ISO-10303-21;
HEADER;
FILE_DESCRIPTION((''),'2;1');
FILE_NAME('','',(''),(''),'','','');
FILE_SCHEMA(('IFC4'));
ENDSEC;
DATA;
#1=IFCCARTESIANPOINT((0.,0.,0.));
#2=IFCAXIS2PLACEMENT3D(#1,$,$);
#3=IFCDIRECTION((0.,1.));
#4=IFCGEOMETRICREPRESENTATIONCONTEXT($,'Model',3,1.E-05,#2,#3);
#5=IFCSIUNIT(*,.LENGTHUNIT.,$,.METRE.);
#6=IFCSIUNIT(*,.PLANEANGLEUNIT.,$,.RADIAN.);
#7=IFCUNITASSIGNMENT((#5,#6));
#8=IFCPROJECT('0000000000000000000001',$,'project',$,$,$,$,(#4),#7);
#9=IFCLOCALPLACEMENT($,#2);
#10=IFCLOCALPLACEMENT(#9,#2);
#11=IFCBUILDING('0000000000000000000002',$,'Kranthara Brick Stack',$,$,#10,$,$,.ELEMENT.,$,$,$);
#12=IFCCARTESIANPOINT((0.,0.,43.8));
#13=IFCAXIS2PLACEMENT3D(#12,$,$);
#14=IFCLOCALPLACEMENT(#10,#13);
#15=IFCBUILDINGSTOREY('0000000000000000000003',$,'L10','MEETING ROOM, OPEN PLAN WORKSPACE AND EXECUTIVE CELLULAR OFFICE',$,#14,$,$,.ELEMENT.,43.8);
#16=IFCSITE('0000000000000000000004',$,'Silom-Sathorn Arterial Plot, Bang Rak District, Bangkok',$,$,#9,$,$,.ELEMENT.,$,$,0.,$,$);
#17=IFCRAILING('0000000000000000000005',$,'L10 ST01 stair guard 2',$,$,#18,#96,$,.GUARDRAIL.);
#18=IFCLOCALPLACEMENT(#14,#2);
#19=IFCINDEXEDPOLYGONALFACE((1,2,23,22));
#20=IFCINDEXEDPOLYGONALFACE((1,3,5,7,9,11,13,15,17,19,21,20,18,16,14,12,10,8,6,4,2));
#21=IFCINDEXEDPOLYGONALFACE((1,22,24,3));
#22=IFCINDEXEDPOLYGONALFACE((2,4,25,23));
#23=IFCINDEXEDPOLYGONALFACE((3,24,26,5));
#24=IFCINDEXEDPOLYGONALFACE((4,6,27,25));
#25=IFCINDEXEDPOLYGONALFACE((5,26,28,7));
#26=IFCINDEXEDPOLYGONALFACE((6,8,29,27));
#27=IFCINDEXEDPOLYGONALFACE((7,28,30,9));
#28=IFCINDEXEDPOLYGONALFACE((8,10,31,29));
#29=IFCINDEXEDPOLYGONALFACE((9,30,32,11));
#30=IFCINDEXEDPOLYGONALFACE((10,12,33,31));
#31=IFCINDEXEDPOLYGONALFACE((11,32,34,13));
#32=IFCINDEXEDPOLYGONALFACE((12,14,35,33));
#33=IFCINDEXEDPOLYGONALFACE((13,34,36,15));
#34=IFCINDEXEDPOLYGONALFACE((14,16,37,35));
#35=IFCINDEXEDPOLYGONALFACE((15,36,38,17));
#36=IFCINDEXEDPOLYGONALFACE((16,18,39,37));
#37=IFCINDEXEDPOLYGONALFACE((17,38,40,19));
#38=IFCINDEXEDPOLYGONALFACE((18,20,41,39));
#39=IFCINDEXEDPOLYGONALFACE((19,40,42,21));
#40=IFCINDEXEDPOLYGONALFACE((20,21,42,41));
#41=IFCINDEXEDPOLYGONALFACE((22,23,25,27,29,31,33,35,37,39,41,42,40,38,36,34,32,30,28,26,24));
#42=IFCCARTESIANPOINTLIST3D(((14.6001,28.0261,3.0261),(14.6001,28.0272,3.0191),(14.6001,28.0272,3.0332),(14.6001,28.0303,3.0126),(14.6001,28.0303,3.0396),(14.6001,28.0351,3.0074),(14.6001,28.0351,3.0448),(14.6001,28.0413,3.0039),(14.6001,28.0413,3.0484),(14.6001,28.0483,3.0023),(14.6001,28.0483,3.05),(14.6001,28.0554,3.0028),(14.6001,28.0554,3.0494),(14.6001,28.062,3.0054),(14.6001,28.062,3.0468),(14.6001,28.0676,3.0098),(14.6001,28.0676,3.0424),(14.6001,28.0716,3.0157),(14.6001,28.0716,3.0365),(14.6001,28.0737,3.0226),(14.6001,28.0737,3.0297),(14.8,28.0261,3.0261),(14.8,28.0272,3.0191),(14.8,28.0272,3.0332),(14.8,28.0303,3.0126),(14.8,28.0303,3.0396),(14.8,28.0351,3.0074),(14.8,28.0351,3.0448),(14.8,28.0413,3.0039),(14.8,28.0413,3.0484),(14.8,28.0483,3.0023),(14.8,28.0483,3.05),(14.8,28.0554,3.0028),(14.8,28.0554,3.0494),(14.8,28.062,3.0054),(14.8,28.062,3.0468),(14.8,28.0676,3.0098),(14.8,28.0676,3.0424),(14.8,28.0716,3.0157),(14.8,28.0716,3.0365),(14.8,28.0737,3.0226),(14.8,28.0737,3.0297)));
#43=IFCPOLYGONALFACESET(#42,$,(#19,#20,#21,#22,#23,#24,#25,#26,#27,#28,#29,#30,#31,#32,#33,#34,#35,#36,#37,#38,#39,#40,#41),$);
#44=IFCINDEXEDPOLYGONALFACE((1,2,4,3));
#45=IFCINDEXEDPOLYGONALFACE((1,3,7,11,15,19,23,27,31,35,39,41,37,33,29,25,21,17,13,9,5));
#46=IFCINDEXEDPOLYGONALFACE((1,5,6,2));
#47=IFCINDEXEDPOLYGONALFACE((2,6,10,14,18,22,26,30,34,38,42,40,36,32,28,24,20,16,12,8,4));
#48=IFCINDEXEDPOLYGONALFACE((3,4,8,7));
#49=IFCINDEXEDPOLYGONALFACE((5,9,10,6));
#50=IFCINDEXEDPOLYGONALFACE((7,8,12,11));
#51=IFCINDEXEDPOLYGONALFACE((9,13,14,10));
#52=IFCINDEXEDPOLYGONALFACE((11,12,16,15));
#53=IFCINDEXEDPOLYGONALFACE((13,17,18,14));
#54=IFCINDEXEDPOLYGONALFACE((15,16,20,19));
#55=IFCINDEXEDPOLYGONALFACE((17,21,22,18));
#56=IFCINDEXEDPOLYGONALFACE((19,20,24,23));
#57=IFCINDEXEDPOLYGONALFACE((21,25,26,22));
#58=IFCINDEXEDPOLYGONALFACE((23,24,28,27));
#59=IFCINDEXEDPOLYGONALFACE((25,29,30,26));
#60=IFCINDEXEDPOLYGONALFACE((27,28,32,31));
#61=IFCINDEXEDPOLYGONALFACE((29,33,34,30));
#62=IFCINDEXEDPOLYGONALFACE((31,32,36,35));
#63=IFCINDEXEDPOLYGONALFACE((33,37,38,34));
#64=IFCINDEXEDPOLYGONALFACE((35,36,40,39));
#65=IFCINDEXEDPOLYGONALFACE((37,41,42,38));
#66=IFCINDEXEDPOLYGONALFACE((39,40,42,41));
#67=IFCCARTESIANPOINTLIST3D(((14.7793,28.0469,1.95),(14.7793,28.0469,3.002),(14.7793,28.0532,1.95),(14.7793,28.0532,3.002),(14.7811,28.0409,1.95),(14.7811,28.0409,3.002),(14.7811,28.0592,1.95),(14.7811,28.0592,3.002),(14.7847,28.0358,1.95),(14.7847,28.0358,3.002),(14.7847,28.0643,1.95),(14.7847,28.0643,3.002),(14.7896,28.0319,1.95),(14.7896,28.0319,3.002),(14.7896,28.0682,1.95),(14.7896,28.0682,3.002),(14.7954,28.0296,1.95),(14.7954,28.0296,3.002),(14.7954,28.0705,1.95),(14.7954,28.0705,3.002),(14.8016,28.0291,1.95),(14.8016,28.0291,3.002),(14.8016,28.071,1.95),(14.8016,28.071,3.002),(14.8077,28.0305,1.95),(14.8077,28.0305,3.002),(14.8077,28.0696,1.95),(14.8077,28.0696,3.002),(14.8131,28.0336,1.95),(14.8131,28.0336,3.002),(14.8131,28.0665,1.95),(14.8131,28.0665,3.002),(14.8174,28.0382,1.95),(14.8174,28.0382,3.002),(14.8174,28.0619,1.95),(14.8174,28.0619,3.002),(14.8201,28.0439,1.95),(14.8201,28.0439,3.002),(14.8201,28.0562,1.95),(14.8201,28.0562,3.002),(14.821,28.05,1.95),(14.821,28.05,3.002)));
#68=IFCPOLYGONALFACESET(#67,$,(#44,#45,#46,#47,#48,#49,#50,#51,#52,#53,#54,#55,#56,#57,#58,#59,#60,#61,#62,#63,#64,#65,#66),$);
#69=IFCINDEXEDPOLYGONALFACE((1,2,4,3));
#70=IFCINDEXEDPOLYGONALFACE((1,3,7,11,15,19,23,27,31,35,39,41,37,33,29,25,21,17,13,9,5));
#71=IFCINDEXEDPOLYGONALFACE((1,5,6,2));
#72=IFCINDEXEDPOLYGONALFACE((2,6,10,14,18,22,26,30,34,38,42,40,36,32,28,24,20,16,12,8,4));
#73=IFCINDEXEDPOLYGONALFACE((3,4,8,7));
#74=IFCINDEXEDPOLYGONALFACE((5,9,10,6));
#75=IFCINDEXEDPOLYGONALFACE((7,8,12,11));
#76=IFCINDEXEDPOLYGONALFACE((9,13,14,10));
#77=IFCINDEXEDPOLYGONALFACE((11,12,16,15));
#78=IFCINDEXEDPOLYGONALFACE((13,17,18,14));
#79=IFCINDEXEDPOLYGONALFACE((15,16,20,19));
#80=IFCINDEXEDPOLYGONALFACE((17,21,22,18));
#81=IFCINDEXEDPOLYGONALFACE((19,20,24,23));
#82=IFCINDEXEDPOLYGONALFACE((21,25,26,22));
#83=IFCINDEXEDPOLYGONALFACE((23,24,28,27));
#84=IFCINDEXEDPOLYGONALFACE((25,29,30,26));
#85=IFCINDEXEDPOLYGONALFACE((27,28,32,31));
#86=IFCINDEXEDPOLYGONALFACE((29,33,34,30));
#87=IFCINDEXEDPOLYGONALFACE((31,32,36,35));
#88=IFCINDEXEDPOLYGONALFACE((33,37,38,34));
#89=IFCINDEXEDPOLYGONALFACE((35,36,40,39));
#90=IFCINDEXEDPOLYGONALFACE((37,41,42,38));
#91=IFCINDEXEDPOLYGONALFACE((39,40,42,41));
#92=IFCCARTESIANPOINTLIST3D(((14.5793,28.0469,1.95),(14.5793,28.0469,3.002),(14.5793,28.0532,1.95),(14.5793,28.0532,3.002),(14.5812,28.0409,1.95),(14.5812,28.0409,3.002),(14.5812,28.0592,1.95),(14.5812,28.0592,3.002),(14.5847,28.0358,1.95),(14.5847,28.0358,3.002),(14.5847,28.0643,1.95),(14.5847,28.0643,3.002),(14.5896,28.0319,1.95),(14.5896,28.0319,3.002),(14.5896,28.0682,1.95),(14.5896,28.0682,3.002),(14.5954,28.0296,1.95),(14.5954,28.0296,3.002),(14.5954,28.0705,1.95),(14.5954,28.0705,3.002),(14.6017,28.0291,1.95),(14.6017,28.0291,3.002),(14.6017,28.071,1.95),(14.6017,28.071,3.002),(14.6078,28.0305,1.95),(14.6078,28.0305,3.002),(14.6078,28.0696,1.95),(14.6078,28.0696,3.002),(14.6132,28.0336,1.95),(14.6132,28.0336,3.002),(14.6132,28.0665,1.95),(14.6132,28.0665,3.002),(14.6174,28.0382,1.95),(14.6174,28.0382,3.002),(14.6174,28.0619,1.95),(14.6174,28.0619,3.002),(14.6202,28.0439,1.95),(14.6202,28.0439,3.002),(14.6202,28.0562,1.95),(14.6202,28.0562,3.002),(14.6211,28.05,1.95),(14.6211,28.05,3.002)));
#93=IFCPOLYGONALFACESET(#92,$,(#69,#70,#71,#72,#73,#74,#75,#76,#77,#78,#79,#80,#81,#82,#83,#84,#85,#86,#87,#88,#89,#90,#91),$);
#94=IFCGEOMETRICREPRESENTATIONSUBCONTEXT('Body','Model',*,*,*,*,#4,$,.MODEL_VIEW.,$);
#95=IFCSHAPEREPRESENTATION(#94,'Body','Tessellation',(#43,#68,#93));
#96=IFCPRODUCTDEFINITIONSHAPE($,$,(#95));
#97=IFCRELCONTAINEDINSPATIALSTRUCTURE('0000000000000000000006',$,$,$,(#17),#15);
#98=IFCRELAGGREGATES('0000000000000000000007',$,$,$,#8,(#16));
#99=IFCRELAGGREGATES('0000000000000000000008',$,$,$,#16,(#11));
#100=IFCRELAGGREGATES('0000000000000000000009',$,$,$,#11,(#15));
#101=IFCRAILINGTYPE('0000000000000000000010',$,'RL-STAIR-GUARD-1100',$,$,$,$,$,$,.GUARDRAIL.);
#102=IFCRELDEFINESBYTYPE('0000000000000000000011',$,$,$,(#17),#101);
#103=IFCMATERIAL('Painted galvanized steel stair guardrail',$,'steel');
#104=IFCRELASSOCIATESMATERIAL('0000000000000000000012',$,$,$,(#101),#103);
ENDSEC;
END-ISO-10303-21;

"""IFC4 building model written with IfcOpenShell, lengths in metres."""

from ifc_helpers import new_model, si_unit, direction, frame, origin, origin_2d, place, context, subcontext, project, spatial, circle, extrude, material, type_object, element, save


model = new_model("IFC4")

# Units and contexts
model_context = context("Model", 3, precision=1e-05, world=origin(), true_north=direction((0.0, 1.0)))
body_context = subcontext(model_context, "Body", "Model", "MODEL_VIEW")
ifc_project = project(units=[si_unit("LENGTHUNIT", "METRE"), si_unit("PLANEANGLEUNIT", "RADIAN")], contexts=[model_context])

# Site, building, storey
site_placement = place(None, origin())
site = spatial("IfcSite", under=ifc_project, at=site_placement, Name="Silom-Sathorn Arterial Plot, Bang Rak District, Bangkok", CompositionType="ELEMENT", RefElevation=0.0)
building_placement = place(site_placement, origin())
building = spatial("IfcBuilding", under=site, at=building_placement, Name="Kranthara Brick Stack", CompositionType="ELEMENT")
storey_placement = place(building_placement, frame((0.0, 0.0, 43.8)))
storey = spatial("IfcBuildingStorey", under=building, at=storey_placement, Name="L10", Description="MEETING ROOM, OPEN PLAN WORKSPACE AND EXECUTIVE CELLULAR OFFICE", CompositionType="ELEMENT", Elevation=43.8)

# Railing
ifc_material_1 = material(Name="Painted galvanized steel stair guardrail", Category="steel")
railing_type_1 = type_object("IfcRailingType", Name="RL-STAIR-GUARD-1100", PredefinedType="GUARDRAIL", material=ifc_material_1)
railing_1_placement = place(storey_placement, frame((14.8, 28.05, 1.95)))
element("IfcRailing", 1, at=railing_1_placement, inside=storey, type_object=railing_type_1, Name="L10 ST01 stair guard 2", PredefinedType="GUARDRAIL", context=body_context, shape_type="SweptSolid", body=[
    extrude(circle(Radius=0.0239, at=origin_2d()), frame((0.0, 0.0, 1.0762), z_axis=(-1.0, 0.0, 0.0), x_axis=(0.0, -1.0, 0.0)), (0.0, 0.0, 1.0), 0.2),
    extrude(circle(Radius=0.021, at=origin_2d()), origin(), (0.0, 0.0, 1.0), 1.052),
    extrude(circle(Radius=0.021, at=origin_2d()), frame((-0.2, 0.0, 0.0)), (0.0, 0.0, 1.0), 1.052),
])

save(model, "model.ifc")
